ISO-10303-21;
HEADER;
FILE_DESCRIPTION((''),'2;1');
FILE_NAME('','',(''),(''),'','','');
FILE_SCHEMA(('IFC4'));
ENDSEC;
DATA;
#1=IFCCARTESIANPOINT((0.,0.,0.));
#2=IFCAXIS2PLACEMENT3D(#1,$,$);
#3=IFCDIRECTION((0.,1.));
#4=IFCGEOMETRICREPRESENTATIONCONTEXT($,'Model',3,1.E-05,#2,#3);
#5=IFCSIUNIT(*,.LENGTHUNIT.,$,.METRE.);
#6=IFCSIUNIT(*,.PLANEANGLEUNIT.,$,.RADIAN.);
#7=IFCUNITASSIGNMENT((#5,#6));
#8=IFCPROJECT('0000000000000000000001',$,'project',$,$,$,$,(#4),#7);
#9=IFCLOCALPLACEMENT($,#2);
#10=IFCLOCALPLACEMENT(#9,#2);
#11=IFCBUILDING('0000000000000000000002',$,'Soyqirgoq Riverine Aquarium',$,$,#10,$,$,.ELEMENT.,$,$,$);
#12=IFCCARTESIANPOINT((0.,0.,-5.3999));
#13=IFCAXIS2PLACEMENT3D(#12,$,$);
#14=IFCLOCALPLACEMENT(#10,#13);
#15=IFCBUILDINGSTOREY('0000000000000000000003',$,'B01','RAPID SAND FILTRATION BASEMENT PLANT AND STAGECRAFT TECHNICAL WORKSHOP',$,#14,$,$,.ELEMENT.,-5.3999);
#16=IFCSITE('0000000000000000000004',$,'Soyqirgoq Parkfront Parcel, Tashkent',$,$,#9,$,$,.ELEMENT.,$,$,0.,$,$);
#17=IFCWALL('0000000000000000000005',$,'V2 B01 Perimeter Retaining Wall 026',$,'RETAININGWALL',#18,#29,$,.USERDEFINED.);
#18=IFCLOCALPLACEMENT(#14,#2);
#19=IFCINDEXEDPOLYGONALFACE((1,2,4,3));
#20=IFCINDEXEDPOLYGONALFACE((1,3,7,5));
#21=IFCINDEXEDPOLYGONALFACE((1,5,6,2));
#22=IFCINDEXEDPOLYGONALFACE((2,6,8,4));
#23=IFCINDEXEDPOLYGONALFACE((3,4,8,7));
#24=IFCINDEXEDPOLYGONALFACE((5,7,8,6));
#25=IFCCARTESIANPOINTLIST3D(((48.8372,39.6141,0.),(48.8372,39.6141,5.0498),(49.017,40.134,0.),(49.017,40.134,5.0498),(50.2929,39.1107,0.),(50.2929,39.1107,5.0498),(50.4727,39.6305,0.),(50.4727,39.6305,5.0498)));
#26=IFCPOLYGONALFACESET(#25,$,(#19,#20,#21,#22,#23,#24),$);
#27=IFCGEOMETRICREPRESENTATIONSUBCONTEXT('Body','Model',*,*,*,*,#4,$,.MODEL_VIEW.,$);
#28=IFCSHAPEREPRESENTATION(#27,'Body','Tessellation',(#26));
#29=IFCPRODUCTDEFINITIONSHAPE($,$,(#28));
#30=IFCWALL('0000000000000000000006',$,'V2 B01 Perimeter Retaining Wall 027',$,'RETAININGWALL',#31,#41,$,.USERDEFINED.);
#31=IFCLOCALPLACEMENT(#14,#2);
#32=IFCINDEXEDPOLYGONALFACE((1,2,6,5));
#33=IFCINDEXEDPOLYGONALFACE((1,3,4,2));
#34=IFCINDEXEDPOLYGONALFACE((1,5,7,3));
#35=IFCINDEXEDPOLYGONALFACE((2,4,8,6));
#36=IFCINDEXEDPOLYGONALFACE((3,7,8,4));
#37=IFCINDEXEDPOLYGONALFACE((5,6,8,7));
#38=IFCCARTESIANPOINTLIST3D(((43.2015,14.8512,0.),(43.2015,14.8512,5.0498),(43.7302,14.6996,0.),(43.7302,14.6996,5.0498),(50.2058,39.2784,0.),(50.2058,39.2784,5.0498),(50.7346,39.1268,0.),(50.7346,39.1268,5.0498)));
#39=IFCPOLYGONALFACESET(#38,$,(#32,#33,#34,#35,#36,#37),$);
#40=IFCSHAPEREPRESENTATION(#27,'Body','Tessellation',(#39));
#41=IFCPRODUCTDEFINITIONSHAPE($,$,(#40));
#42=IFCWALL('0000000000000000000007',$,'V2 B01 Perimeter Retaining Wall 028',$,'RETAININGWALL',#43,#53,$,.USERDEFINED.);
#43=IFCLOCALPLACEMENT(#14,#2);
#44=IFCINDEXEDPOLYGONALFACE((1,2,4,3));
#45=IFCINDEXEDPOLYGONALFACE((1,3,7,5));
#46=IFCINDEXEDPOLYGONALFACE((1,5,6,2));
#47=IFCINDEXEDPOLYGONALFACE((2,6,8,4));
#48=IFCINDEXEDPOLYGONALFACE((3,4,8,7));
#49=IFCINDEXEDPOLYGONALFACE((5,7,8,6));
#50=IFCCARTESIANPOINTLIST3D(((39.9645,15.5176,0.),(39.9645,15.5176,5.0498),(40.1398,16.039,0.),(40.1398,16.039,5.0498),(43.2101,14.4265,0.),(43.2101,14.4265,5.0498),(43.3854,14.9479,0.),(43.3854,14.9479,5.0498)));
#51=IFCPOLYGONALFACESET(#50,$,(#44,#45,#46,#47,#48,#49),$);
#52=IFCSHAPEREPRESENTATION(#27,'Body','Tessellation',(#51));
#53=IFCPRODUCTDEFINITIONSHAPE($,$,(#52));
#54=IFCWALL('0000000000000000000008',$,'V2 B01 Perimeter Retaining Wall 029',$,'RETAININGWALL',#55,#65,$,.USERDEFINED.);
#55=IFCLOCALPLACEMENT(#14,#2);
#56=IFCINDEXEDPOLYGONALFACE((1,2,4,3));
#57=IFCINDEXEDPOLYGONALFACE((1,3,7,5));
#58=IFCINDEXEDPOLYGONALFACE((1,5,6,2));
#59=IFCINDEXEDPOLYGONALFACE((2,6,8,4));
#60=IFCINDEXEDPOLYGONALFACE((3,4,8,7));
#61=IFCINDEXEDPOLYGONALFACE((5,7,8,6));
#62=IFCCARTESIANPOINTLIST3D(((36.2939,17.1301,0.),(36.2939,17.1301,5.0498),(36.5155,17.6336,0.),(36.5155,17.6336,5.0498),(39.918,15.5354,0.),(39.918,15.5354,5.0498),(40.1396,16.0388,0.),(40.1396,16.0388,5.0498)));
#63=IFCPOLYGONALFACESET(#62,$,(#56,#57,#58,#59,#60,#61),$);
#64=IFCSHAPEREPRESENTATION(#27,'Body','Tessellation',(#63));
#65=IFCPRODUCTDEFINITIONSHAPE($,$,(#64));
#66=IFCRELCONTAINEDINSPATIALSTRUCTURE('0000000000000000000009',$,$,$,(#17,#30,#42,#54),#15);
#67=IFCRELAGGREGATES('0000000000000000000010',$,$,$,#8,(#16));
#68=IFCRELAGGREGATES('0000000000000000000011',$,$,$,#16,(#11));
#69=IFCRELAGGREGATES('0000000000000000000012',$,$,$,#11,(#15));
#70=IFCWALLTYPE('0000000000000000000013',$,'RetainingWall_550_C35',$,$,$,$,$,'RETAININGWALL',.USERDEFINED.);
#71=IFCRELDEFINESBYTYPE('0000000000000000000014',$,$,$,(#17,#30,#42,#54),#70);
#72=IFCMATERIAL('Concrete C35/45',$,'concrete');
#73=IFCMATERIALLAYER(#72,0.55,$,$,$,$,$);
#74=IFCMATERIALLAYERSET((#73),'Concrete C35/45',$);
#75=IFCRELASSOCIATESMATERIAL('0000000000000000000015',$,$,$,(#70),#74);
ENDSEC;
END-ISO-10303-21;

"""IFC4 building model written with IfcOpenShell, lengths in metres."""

from ifc_helpers import new_model, si_unit, direction, frame, frame_2d, origin, place, context, subcontext, project, spatial, rectangle, extrude, material, layer, layer_set, type_object, element, save


model = new_model("IFC4")

# Units and contexts
model_context = context("Model", 3, precision=1e-05, world=origin(), true_north=direction((0.0, 1.0)))
body_context = subcontext(model_context, "Body", "Model", "MODEL_VIEW")
ifc_project = project(units=[si_unit("LENGTHUNIT", "METRE"), si_unit("PLANEANGLEUNIT", "RADIAN")], contexts=[model_context])

# Site, building, storey
site_placement = place(None, origin())
site = spatial("IfcSite", under=ifc_project, at=site_placement, Name="Soyqirgoq Parkfront Parcel, Tashkent", CompositionType="ELEMENT", RefElevation=0.0)
building_placement = place(site_placement, origin())
building = spatial("IfcBuilding", under=site, at=building_placement, Name="Soyqirgoq Riverine Aquarium", CompositionType="ELEMENT")
storey_placement = place(building_placement, frame((0.0, 0.0, -5.3999)))
storey = spatial("IfcBuildingStorey", under=building, at=storey_placement, Name="B01", Description="RAPID SAND FILTRATION BASEMENT PLANT AND STAGECRAFT TECHNICAL WORKSHOP", CompositionType="ELEMENT", Elevation=-5.3999)

# Walls
ifc_material_1 = material(Name="Concrete C35/45", Category="concrete")
ifc_layer_1 = layer(ifc_material_1, 0.55)
ifc_layer_set_1 = layer_set([ifc_layer_1], Name="Concrete C35/45")
wall_type_1 = type_object("IfcWallType", Name="RetainingWall_550_C35", ElementType="RETAININGWALL", PredefinedType="USERDEFINED", material=ifc_layer_set_1)
wall_1_placement = place(storey_placement, frame((48.9272, 39.874, 0.0), z_axis=(0.0, 0.0, 1.0), x_axis=(0.945073, -0.32686, 0.0)))
element("IfcWall", 1, at=wall_1_placement, inside=storey, type_object=wall_type_1, Name="V2 B01 Perimeter Retaining Wall 026", ObjectType="RETAININGWALL", PredefinedType="USERDEFINED", context=body_context, shape_type="SweptSolid", body=[
    extrude(rectangle(XDim=1.5403, YDim=0.55, at=frame_2d((0.77, 0.0))), origin(), (0.0, 0.0, 1.0), 5.0498),
])
wall_2_placement = place(storey_placement, frame((50.4702, 39.2026, 0.0), z_axis=(0.0, 0.0, 1.0), x_axis=(-0.275637, -0.961262, 0.0)))
element("IfcWall", 2, at=wall_2_placement, inside=storey, type_object=wall_type_1, Name="V2 B01 Perimeter Retaining Wall 027", ObjectType="RETAININGWALL", PredefinedType="USERDEFINED", context=body_context, shape_type="SweptSolid", body=[
    extrude(rectangle(XDim=25.4116, YDim=0.55, at=frame_2d((12.7058, 0.0))), origin(), (0.0, 0.0, 1.0), 5.0498),
])
wall_3_placement = place(storey_placement, frame((43.2976, 14.6873, 0.0), z_axis=(0.0, 0.0, 1.0), x_axis=(-0.947875, 0.318644, 0.0)))
element("IfcWall", 3, at=wall_3_placement, inside=storey, type_object=wall_type_1, Name="V2 B01 Perimeter Retaining Wall 028", ObjectType="RETAININGWALL", PredefinedType="USERDEFINED", context=body_context, shape_type="SweptSolid", body=[
    extrude(rectangle(XDim=3.4241, YDim=0.55, at=frame_2d((1.7119, 0.0))), origin(), (0.0, 0.0, 1.0), 5.0498),
])
wall_4_placement = place(storey_placement, frame((40.0288, 15.7871, 0.0), z_axis=(0.0, 0.0, 1.0), x_axis=(-0.9153, 0.402772, 0.0)))
element("IfcWall", 4, at=wall_4_placement, inside=storey, type_object=wall_type_1, Name="V2 B01 Perimeter Retaining Wall 029", ObjectType="RETAININGWALL", PredefinedType="USERDEFINED", context=body_context, shape_type="SweptSolid", body=[
    extrude(rectangle(XDim=3.9595, YDim=0.55, at=frame_2d((1.9797, 0.0))), origin(), (0.0, 0.0, 1.0), 5.0498),
])

save(model, "model.ifc")
